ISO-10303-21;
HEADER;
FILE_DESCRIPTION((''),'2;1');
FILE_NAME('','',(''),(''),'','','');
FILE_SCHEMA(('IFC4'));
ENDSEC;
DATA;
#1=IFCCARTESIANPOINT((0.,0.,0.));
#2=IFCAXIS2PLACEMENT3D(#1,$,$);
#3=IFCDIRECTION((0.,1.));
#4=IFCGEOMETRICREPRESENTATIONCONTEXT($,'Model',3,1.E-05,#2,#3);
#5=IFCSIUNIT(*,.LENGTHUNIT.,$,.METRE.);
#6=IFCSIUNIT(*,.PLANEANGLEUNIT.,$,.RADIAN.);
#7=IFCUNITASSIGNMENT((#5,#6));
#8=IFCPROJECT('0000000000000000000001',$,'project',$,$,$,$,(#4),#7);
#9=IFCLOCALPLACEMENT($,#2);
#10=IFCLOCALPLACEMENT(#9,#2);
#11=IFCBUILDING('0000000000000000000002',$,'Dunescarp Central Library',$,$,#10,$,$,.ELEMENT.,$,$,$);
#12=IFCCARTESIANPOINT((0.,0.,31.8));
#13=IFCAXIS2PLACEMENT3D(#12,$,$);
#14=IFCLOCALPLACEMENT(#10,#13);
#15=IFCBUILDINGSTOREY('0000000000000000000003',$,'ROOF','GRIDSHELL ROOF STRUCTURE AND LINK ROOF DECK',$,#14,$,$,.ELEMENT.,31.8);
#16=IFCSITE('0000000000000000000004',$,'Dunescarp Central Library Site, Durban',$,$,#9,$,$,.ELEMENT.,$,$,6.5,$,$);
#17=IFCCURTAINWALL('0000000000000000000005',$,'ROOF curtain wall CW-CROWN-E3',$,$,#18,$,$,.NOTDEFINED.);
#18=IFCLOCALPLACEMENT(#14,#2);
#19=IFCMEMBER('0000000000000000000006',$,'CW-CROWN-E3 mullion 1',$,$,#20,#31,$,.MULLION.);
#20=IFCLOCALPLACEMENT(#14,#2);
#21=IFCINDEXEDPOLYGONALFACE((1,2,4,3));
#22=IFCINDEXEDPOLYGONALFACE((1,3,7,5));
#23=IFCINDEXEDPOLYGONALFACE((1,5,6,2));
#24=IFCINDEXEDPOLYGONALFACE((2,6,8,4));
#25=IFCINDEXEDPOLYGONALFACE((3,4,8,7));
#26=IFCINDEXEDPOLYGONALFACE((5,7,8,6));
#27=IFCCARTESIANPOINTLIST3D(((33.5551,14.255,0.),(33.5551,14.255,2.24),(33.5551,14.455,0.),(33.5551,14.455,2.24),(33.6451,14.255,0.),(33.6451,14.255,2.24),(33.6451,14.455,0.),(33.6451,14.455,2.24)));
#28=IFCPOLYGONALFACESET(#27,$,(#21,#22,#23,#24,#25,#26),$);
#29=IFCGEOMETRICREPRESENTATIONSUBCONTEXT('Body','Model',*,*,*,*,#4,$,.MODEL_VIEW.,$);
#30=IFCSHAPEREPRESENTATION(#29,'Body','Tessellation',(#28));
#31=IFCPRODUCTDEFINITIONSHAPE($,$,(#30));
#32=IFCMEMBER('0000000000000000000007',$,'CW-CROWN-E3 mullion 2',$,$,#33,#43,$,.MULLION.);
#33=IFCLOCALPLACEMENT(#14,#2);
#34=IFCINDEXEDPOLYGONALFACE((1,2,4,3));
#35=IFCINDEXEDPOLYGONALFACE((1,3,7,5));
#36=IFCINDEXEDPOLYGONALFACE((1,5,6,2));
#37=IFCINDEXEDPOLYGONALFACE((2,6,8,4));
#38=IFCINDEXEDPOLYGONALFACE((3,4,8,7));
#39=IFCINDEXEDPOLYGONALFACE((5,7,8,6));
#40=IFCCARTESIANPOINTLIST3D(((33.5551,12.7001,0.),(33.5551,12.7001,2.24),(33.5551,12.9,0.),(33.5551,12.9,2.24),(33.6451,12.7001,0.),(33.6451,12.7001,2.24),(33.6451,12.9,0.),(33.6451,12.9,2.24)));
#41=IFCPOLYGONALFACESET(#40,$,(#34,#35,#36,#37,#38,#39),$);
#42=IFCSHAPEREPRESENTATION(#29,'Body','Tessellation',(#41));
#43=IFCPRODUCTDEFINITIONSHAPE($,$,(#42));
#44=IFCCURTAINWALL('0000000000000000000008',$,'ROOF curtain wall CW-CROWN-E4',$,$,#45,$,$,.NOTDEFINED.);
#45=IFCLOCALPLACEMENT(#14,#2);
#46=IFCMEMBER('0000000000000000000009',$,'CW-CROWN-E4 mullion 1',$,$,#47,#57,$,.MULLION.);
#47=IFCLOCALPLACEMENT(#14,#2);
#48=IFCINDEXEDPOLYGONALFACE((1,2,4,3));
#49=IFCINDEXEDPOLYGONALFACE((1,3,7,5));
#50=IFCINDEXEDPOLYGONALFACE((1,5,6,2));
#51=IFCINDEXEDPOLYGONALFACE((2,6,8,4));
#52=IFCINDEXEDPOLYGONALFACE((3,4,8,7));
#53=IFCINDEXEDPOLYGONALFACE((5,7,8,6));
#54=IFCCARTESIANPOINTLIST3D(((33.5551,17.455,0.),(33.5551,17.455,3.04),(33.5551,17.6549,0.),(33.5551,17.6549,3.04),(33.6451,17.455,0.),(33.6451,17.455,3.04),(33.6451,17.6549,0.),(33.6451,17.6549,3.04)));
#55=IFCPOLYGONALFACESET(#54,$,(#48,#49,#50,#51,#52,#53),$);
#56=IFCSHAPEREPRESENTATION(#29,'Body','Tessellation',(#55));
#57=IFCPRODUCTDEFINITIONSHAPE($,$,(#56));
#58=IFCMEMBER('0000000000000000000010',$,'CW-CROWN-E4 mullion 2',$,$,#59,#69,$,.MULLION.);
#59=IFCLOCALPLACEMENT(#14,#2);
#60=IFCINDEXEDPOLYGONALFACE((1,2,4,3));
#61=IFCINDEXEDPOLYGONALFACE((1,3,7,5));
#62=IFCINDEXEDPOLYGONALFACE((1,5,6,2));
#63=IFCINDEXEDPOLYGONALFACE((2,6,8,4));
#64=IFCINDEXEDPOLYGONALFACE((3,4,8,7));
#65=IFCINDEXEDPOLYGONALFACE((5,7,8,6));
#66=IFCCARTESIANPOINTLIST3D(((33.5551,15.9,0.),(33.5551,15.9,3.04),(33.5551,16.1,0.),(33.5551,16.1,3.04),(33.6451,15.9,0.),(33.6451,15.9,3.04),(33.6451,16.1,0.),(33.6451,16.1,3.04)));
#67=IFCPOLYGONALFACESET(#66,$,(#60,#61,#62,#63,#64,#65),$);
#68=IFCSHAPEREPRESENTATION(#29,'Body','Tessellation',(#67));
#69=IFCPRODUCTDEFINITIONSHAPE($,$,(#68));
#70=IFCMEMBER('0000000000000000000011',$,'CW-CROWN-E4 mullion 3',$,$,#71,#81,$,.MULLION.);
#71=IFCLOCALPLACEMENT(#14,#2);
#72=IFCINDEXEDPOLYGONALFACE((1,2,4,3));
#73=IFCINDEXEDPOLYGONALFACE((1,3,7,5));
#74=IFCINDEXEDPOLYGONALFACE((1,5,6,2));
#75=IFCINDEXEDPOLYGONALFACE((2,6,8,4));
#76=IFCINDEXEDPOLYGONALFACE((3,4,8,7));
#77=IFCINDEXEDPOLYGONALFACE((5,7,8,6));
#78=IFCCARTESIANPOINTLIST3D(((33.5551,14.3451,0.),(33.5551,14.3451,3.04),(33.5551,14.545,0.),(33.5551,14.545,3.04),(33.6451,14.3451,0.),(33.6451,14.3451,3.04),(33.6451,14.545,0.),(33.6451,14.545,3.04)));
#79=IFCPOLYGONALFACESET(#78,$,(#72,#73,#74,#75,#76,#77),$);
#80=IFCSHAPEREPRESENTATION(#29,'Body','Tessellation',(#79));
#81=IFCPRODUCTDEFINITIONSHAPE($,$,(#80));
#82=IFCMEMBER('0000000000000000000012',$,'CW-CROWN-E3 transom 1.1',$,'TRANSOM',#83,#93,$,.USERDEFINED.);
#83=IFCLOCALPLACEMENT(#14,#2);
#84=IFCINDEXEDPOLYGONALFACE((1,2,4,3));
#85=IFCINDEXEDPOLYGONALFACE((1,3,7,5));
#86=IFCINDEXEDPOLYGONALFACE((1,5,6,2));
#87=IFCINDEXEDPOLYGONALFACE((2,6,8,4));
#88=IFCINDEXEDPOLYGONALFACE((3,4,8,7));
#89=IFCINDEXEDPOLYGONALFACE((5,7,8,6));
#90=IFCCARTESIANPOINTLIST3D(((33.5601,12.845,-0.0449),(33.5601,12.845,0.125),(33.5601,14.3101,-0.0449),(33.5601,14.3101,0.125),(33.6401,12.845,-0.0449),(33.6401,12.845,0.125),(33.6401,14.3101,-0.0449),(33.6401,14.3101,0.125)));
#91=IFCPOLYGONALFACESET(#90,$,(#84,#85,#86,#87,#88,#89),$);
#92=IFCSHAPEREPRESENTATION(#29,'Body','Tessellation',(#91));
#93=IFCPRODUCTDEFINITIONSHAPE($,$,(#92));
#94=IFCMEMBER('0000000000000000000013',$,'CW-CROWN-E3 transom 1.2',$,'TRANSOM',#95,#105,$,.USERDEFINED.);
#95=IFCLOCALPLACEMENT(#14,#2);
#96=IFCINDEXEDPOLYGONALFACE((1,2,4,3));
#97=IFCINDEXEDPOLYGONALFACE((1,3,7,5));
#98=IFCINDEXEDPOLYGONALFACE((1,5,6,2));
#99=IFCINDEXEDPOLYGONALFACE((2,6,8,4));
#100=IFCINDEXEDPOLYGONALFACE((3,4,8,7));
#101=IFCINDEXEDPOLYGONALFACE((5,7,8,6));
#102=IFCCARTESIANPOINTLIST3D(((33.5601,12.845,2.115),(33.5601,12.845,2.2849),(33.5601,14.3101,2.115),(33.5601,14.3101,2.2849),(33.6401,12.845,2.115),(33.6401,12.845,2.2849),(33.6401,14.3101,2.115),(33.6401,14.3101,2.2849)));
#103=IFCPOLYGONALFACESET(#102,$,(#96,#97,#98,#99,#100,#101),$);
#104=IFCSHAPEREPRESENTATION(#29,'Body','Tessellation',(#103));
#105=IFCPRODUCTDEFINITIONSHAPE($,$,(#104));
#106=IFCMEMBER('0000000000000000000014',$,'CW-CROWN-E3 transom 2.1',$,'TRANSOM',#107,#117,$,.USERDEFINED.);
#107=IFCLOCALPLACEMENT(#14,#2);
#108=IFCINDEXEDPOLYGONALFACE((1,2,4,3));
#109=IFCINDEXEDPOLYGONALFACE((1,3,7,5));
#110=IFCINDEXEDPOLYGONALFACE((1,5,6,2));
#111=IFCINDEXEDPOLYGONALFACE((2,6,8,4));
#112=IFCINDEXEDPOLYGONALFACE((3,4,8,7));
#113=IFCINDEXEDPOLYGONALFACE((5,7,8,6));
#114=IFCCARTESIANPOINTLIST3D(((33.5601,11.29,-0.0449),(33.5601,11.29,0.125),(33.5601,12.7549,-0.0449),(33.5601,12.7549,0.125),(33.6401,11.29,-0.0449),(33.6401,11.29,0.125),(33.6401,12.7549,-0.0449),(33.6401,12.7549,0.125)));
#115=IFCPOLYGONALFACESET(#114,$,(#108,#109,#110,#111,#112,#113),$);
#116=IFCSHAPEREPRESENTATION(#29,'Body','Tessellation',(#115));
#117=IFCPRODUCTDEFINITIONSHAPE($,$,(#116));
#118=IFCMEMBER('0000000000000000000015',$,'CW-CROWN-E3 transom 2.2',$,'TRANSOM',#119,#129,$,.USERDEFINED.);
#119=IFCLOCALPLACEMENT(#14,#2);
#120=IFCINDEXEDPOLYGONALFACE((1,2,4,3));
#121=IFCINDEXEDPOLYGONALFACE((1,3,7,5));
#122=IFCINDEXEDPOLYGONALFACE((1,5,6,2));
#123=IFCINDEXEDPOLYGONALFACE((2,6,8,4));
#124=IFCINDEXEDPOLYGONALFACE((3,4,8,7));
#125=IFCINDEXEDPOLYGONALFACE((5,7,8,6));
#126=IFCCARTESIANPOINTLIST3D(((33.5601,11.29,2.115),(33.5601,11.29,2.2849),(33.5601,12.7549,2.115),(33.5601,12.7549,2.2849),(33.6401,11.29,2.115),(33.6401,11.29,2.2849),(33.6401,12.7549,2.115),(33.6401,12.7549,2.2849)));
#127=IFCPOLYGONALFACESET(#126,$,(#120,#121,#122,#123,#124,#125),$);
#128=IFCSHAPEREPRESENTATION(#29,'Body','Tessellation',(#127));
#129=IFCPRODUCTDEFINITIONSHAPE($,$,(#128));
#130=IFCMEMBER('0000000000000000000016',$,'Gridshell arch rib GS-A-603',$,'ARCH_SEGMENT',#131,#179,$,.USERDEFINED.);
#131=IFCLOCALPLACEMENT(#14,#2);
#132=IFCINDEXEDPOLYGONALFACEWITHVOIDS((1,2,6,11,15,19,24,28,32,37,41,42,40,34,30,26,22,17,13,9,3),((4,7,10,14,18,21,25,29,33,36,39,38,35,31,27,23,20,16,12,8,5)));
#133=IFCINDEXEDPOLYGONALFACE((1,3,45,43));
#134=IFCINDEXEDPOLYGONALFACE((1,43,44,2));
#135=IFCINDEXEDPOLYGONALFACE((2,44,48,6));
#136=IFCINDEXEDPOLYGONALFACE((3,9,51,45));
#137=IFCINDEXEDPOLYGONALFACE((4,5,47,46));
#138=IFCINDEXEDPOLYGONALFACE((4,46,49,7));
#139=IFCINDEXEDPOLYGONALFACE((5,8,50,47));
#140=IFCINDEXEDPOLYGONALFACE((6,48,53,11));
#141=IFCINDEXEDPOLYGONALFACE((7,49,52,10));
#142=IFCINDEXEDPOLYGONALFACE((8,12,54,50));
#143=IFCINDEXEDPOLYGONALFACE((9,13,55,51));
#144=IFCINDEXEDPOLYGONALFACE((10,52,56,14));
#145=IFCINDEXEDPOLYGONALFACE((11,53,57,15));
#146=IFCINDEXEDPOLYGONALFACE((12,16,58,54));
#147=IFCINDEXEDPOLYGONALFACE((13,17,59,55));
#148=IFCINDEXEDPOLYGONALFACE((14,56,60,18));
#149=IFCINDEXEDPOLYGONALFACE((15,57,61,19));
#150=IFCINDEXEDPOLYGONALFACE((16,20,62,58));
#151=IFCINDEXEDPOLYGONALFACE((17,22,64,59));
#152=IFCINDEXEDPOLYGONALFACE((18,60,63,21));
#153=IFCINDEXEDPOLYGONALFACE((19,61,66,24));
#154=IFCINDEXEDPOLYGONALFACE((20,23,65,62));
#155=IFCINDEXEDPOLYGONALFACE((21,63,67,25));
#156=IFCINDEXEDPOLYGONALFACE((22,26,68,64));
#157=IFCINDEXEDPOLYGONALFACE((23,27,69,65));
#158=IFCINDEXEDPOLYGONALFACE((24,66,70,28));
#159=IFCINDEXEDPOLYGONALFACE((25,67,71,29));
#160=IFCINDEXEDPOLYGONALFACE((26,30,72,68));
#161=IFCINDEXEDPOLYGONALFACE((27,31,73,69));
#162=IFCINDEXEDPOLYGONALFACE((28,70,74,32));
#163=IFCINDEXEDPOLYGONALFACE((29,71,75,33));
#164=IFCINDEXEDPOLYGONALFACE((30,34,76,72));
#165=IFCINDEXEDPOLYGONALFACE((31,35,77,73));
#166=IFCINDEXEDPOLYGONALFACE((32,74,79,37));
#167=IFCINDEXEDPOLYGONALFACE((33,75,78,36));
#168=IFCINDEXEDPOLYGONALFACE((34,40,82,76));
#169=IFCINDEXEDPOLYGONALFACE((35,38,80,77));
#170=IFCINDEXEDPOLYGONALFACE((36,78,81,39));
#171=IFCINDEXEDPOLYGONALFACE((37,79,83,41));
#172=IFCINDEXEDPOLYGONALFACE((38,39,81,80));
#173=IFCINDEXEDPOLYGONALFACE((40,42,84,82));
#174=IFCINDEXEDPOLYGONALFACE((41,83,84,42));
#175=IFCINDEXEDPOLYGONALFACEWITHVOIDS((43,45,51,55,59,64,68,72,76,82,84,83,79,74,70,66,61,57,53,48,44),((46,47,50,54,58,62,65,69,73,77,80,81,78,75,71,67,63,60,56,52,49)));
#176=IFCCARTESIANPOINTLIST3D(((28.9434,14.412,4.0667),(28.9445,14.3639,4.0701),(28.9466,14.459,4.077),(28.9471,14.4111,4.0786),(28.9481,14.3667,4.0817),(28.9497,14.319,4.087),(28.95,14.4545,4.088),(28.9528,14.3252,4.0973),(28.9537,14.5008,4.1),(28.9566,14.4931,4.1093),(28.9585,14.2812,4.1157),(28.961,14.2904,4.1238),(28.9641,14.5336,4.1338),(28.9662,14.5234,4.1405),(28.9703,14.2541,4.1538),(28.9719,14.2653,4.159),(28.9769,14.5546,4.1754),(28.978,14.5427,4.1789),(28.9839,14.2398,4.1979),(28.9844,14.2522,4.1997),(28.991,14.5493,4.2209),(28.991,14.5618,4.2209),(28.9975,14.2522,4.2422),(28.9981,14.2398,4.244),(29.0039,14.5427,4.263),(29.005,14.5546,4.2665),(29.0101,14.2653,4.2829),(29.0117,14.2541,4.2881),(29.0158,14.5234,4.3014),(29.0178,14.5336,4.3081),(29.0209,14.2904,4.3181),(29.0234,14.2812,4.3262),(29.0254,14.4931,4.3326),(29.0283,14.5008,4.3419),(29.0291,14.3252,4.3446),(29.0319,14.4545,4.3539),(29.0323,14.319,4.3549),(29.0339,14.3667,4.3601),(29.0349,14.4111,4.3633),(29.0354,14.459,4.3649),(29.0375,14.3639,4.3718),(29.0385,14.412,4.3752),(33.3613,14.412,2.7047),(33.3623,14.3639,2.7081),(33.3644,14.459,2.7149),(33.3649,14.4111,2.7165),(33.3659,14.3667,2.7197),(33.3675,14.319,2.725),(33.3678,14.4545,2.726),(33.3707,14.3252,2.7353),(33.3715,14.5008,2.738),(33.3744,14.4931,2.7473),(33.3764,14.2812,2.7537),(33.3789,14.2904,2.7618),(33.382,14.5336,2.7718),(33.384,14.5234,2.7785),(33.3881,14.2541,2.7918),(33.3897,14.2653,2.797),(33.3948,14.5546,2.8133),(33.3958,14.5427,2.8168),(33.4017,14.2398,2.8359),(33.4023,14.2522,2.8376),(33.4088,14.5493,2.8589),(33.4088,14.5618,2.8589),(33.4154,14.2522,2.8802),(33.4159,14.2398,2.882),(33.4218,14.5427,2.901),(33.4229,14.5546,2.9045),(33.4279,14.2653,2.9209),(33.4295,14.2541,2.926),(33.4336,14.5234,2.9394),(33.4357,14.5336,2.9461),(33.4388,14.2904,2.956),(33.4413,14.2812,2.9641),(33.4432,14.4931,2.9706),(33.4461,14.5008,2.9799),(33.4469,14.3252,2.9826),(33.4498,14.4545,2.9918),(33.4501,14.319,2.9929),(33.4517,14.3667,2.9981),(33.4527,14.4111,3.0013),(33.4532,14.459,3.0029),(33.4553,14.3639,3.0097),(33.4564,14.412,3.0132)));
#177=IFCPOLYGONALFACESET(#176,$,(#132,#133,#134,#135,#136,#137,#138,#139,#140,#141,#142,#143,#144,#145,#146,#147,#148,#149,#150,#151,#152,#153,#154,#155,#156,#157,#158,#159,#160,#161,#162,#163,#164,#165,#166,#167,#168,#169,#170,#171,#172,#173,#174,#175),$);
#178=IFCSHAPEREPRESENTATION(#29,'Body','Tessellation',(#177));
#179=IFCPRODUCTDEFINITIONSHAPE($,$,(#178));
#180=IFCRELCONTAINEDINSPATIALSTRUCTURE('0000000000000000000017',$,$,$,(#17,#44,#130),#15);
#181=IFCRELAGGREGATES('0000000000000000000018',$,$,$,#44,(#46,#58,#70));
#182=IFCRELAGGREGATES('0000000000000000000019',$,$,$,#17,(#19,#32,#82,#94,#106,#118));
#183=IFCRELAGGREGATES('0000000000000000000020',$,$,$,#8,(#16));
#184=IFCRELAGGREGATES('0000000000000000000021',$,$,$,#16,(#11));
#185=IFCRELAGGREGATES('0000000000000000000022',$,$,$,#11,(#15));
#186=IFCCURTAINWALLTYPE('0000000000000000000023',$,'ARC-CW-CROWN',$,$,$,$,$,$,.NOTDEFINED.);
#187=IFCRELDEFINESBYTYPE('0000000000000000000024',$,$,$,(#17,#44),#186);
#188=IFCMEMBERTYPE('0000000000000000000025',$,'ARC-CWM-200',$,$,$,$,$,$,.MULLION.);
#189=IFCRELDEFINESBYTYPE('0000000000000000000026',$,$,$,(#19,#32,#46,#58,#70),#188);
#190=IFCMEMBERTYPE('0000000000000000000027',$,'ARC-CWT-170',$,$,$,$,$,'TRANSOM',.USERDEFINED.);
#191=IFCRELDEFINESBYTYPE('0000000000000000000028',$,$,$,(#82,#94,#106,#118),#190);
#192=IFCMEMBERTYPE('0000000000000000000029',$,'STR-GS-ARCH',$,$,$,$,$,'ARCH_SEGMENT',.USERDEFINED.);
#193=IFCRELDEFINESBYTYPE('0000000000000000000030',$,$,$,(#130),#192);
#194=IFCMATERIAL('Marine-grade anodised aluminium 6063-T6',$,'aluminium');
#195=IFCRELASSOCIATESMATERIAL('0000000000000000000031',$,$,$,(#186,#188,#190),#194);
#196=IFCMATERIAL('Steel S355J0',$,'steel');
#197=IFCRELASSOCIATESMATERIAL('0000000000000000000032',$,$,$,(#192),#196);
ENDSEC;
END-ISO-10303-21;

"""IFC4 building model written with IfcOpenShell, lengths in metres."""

from ifc_helpers import new_model, si_unit, direction, frame, origin, origin_2d, place, context, subcontext, project, spatial, rectangle, hollow_circle, extrude, material, material_profile, profile_set, type_object, element, aggregate, save


model = new_model("IFC4")

# Units and contexts
model_context = context("Model", 3, precision=1e-05, world=origin(), true_north=direction((0.0, 1.0)))
body_context = subcontext(model_context, "Body", "Model", "MODEL_VIEW")
ifc_project = project(units=[si_unit("LENGTHUNIT", "METRE"), si_unit("PLANEANGLEUNIT", "RADIAN")], contexts=[model_context])

# Site, building, storey
site_placement = place(None, origin())
site = spatial("IfcSite", under=ifc_project, at=site_placement, Name="Dunescarp Central Library Site, Durban", CompositionType="ELEMENT", RefElevation=6.5)
building_placement = place(site_placement, origin())
building = spatial("IfcBuilding", under=site, at=building_placement, Name="Dunescarp Central Library", CompositionType="ELEMENT")
storey_placement = place(building_placement, frame((0.0, 0.0, 31.8)))
storey = spatial("IfcBuildingStorey", under=building, at=storey_placement, Name="ROOF", Description="GRIDSHELL ROOF STRUCTURE AND LINK ROOF DECK", CompositionType="ELEMENT", Elevation=31.8)

# Curtain walls, members
ifc_material_1 = material(Name="Marine-grade anodised aluminium 6063-T6", Category="aluminium")
curtain_wall_type = type_object("IfcCurtainWallType", Name="ARC-CW-CROWN", PredefinedType="NOTDEFINED", material=ifc_material_1)
curtain_wall_1_placement = place(storey_placement, origin())
curtain_wall_1 = element("IfcCurtainWall", 1, at=curtain_wall_1_placement, inside=storey, type_object=curtain_wall_type, Name="ROOF curtain wall CW-CROWN-E3", PredefinedType="NOTDEFINED")
ifc_material_profile_1 = material_profile(ifc_material_1, rectangle(XDim=0.0901, YDim=0.2, at=origin_2d()), Name="AL 90x200")
ifc_profile_set_1 = profile_set([ifc_material_profile_1], Name="Marine-grade anodised aluminium 6063-T6")
member_type_1 = type_object("IfcMemberType", Name="ARC-CWM-200", PredefinedType="MULLION", material=ifc_profile_set_1)
member_1_placement = place(storey_placement, frame((33.6001, 14.355, 0.0), z_axis=(0.0, 0.0, 1.0), x_axis=(1.0, 0.0, 0.0)))
member_1 = element("IfcMember", 2, at=member_1_placement, type_object=member_type_1, Name="CW-CROWN-E3 mullion 1", PredefinedType="MULLION", context=body_context, shape_type="SweptSolid", body=[
    extrude(rectangle(XDim=0.0901, YDim=0.2, at=origin_2d()), origin(), (0.0, 0.0, 1.0), 2.24),
])
member_2_placement = place(storey_placement, frame((33.6001, 12.8, 0.0), z_axis=(0.0, 0.0, 1.0), x_axis=(1.0, 0.0, 0.0)))
member_2 = element("IfcMember", 3, at=member_2_placement, type_object=member_type_1, Name="CW-CROWN-E3 mullion 2", PredefinedType="MULLION", context=body_context, shape_type="SweptSolid", body=[
    extrude(rectangle(XDim=0.0901, YDim=0.2, at=origin_2d()), origin(), (0.0, 0.0, 1.0), 2.24),
])
curtain_wall_2_placement = place(storey_placement, origin())
curtain_wall_2 = element("IfcCurtainWall", 4, at=curtain_wall_2_placement, inside=storey, type_object=curtain_wall_type, Name="ROOF curtain wall CW-CROWN-E4", PredefinedType="NOTDEFINED")
member_3_placement = place(storey_placement, frame((33.6001, 17.5549, 0.0), z_axis=(0.0, 0.0, 1.0), x_axis=(1.0, 0.0, 0.0)))
member_3 = element("IfcMember", 5, at=member_3_placement, type_object=member_type_1, Name="CW-CROWN-E4 mullion 1", PredefinedType="MULLION", context=body_context, shape_type="SweptSolid", body=[
    extrude(rectangle(XDim=0.0901, YDim=0.2, at=origin_2d()), origin(), (0.0, 0.0, 1.0), 3.04),
])
member_4_placement = place(storey_placement, frame((33.6001, 16.0, 0.0), z_axis=(0.0, 0.0, 1.0), x_axis=(1.0, 0.0, 0.0)))
member_4 = element("IfcMember", 6, at=member_4_placement, type_object=member_type_1, Name="CW-CROWN-E4 mullion 2", PredefinedType="MULLION", context=body_context, shape_type="SweptSolid", body=[
    extrude(rectangle(XDim=0.0901, YDim=0.2, at=origin_2d()), origin(), (0.0, 0.0, 1.0), 3.04),
])
member_5_placement = place(storey_placement, frame((33.6001, 14.4451, 0.0), z_axis=(0.0, 0.0, 1.0), x_axis=(1.0, 0.0, 0.0)))
member_5 = element("IfcMember", 7, at=member_5_placement, type_object=member_type_1, Name="CW-CROWN-E4 mullion 3", PredefinedType="MULLION", context=body_context, shape_type="SweptSolid", body=[
    extrude(rectangle(XDim=0.0901, YDim=0.2, at=origin_2d()), origin(), (0.0, 0.0, 1.0), 3.04),
])
aggregate(curtain_wall_2, [member_3, member_4, member_5])

# Members
ifc_material_profile_2 = material_profile(ifc_material_1, rectangle(XDim=0.0801, YDim=0.1699, at=origin_2d()), Name="AL 80x170")
ifc_profile_set_2 = profile_set([ifc_material_profile_2], Name="Marine-grade anodised aluminium 6063-T6")
member_type_2 = type_object("IfcMemberType", Name="ARC-CWT-170", ElementType="TRANSOM", PredefinedType="USERDEFINED", material=ifc_profile_set_2)
member_6_placement = place(storey_placement, frame((33.6001, 14.3101, 0.04), z_axis=(0.0, -1.0, 0.0), x_axis=(1.0, 0.0, 0.0)))
member_6 = element("IfcMember", 8, at=member_6_placement, type_object=member_type_2, Name="CW-CROWN-E3 transom 1.1", ObjectType="TRANSOM", PredefinedType="USERDEFINED", context=body_context, shape_type="SweptSolid", body=[
    extrude(rectangle(XDim=0.0801, YDim=0.1699, at=origin_2d()), origin(), (0.0, 0.0, 1.0), 1.4651),
])
member_7_placement = place(storey_placement, frame((33.6001, 14.3101, 2.2), z_axis=(0.0, -1.0, 0.0), x_axis=(1.0, 0.0, 0.0)))
member_7 = element("IfcMember", 9, at=member_7_placement, type_object=member_type_2, Name="CW-CROWN-E3 transom 1.2", ObjectType="TRANSOM", PredefinedType="USERDEFINED", context=body_context, shape_type="SweptSolid", body=[
    extrude(rectangle(XDim=0.0801, YDim=0.1699, at=origin_2d()), origin(), (0.0, 0.0, 1.0), 1.4651),
])
member_8_placement = place(storey_placement, frame((33.6001, 12.7549, 0.04), z_axis=(0.0, -1.0, 0.0), x_axis=(1.0, 0.0, 0.0)))
member_8 = element("IfcMember", 10, at=member_8_placement, type_object=member_type_2, Name="CW-CROWN-E3 transom 2.1", ObjectType="TRANSOM", PredefinedType="USERDEFINED", context=body_context, shape_type="SweptSolid", body=[
    extrude(rectangle(XDim=0.0801, YDim=0.1699, at=origin_2d()), origin(), (0.0, 0.0, 1.0), 1.4648),
])
member_9_placement = place(storey_placement, frame((33.6001, 12.7549, 2.2), z_axis=(0.0, -1.0, 0.0), x_axis=(1.0, 0.0, 0.0)))
member_9 = element("IfcMember", 11, at=member_9_placement, type_object=member_type_2, Name="CW-CROWN-E3 transom 2.2", ObjectType="TRANSOM", PredefinedType="USERDEFINED", context=body_context, shape_type="SweptSolid", body=[
    extrude(rectangle(XDim=0.0801, YDim=0.1699, at=origin_2d()), origin(), (0.0, 0.0, 1.0), 1.4648),
])

# Member
ifc_material_2 = material(Name="Steel S355J0", Category="steel")
ifc_material_profile_3 = material_profile(ifc_material_2, hollow_circle(Radius=0.1619, WallThickness=0.0125, at=origin_2d()), Name="CHS 323.9x12.5")
ifc_profile_set_3 = profile_set([ifc_material_profile_3], Name="Steel S355J0")
member_type_3 = type_object("IfcMemberType", Name="STR-GS-ARCH", ElementType="ARCH_SEGMENT", PredefinedType="USERDEFINED", material=ifc_profile_set_3)
for number, where, z_axis, x_axis, name in (
    (12, (28.991, 14.3999, 4.2209), (0.955616, 0.0, -0.294616), (0.0, 1.0, 0.0), "Gridshell arch rib GS-A-603"),
):
    element("IfcMember", number, at=place(storey_placement, frame(where, z_axis=z_axis, x_axis=x_axis)), inside=storey, type_object=member_type_3, Name=name, ObjectType="ARCH_SEGMENT", PredefinedType="USERDEFINED", context=body_context, shape_type="SweptSolid", body=[
        extrude(hollow_circle(Radius=0.1619, WallThickness=0.0125, at=origin_2d()), origin(), (0.0, 0.0, 1.0), 4.623),
    ])

aggregate(curtain_wall_1, [member_1, member_2, member_6, member_7, member_8, member_9])

save(model, "model.ifc")
